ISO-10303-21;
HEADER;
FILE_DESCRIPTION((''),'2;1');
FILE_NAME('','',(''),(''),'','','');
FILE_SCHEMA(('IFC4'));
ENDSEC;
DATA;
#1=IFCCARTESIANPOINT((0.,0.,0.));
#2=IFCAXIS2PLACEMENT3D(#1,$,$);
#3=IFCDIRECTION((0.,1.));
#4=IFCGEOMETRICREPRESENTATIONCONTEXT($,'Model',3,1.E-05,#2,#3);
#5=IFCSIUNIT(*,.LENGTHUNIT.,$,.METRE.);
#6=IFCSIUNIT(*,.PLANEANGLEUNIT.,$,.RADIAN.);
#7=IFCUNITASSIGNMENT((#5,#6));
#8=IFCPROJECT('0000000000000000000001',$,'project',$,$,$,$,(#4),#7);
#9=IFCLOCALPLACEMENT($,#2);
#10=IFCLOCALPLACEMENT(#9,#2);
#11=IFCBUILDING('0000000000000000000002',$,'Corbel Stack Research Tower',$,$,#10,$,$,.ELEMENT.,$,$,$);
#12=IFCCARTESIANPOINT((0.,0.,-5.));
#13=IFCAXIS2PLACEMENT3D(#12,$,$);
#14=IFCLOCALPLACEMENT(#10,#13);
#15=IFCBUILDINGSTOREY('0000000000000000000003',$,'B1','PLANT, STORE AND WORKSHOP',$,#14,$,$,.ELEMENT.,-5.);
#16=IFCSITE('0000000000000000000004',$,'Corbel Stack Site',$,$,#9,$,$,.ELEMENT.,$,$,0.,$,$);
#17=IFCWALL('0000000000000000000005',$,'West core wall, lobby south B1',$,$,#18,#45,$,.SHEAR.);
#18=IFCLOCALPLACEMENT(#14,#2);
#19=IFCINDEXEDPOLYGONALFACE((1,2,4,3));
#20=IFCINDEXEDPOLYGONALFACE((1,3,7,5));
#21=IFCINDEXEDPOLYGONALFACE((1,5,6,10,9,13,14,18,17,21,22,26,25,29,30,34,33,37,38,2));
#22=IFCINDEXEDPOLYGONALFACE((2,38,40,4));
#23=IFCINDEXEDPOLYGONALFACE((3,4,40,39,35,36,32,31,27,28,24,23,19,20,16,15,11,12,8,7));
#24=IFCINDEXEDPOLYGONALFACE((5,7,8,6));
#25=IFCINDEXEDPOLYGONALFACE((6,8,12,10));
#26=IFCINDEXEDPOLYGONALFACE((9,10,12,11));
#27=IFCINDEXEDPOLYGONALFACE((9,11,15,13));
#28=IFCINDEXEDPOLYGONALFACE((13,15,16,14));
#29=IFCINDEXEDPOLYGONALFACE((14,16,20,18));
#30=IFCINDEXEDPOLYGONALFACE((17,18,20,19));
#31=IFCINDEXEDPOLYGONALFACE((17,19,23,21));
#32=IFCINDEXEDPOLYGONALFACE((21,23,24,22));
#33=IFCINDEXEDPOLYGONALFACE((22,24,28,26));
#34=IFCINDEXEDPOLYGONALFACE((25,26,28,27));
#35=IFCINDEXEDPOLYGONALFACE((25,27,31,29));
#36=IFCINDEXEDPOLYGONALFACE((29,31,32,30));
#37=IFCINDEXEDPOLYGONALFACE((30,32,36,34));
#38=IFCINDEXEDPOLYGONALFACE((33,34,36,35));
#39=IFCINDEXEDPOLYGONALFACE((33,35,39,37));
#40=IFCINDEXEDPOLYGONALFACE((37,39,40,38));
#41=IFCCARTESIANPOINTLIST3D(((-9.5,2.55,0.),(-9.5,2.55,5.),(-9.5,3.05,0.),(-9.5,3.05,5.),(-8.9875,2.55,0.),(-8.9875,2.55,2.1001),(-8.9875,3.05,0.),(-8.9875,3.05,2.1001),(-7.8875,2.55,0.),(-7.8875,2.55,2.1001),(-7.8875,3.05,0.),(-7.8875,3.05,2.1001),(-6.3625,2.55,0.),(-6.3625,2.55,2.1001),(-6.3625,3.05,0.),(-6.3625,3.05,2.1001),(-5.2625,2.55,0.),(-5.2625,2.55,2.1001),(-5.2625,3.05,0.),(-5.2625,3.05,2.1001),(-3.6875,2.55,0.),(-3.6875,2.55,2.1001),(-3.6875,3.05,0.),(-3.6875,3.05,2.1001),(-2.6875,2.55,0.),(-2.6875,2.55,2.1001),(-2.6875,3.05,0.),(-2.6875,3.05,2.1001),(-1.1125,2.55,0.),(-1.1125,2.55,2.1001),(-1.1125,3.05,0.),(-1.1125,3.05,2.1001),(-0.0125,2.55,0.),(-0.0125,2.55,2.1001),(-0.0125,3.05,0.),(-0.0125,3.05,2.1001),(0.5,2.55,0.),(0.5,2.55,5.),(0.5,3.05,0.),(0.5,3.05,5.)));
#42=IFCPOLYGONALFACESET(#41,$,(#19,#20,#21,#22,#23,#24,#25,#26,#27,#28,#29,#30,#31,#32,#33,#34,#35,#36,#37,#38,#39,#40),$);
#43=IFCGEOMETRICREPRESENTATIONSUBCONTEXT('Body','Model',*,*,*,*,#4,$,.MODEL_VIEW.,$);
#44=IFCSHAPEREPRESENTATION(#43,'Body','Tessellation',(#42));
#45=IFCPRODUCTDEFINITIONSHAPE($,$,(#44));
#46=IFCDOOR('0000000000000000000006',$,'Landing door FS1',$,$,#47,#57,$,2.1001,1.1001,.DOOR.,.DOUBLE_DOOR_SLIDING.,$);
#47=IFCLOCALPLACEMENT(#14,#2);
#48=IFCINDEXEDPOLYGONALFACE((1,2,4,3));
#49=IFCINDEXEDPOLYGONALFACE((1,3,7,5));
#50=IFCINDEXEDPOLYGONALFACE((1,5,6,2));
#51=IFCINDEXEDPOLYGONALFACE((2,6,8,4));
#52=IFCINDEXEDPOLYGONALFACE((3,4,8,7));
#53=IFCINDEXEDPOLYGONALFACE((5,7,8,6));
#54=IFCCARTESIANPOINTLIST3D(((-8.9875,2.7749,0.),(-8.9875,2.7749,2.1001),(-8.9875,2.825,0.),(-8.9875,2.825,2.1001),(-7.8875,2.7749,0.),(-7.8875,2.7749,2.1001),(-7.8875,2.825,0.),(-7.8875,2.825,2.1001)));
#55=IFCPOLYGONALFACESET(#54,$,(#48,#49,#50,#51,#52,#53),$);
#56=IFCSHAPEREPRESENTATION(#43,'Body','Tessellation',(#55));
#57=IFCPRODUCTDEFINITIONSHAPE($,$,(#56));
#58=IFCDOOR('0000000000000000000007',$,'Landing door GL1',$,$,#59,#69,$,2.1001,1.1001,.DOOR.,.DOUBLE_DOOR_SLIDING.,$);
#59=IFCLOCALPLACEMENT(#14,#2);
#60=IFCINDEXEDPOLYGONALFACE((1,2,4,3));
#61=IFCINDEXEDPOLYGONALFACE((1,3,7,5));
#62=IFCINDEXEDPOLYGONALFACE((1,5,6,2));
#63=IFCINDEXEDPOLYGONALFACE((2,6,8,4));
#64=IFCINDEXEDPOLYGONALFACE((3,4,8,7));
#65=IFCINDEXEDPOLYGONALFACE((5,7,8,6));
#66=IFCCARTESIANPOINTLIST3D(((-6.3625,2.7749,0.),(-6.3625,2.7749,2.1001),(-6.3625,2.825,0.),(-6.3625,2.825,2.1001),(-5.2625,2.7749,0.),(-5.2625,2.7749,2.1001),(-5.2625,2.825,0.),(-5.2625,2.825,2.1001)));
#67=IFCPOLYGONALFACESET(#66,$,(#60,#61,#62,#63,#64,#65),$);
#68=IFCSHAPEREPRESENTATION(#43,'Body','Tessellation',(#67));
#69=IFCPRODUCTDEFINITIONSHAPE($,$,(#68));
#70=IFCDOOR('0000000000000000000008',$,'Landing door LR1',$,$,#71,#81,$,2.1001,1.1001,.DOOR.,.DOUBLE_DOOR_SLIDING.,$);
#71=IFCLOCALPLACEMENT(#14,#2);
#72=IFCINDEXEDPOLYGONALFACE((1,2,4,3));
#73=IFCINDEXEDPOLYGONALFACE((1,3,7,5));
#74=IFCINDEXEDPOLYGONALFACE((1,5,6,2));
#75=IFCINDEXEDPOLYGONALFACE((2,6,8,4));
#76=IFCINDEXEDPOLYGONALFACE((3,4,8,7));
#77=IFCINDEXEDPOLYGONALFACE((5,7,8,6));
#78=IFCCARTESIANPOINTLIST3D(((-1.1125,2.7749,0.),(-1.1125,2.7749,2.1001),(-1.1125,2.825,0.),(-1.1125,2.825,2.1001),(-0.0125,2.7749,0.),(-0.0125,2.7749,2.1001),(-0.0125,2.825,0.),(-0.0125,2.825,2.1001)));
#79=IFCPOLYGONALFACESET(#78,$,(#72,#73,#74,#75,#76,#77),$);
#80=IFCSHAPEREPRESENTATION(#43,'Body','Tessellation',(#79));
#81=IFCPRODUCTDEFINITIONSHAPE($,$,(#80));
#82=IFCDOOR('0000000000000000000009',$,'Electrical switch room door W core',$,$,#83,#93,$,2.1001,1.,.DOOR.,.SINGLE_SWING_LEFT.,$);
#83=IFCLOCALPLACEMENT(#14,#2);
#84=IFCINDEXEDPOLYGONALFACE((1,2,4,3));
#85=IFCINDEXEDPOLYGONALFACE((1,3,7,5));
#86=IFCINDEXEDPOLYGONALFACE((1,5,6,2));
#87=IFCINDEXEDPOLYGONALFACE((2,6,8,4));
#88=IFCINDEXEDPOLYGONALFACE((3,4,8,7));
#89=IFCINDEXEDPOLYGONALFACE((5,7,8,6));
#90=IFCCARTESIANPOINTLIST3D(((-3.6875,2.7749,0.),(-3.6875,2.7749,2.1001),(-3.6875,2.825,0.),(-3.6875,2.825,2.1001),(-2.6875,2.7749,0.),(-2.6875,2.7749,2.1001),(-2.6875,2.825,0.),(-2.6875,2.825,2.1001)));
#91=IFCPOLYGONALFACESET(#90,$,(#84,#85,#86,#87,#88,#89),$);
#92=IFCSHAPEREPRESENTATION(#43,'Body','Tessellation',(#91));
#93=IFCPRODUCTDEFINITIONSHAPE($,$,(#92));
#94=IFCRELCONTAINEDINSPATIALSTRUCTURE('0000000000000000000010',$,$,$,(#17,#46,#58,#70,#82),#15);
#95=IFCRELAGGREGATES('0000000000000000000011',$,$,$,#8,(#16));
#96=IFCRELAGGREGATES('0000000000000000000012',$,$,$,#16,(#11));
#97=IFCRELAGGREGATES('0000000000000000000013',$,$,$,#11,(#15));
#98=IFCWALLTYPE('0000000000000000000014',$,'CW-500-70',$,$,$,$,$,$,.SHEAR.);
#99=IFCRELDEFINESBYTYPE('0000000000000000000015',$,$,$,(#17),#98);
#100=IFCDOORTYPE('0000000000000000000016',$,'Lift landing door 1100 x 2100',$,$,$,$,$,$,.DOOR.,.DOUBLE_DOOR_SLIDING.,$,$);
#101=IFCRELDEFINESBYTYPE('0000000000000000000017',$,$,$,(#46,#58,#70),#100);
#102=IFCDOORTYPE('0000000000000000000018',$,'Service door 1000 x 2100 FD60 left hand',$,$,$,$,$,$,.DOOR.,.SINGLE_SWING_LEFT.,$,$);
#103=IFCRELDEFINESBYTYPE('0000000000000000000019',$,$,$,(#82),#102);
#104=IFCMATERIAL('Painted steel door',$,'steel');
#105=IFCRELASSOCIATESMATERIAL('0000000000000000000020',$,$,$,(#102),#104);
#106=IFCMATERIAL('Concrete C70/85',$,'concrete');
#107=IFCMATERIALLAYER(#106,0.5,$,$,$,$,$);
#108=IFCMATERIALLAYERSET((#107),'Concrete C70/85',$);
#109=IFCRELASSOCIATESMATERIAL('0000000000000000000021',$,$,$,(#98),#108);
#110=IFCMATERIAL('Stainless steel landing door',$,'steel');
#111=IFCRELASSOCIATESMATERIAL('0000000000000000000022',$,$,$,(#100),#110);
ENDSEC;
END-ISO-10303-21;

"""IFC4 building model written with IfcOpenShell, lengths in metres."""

from ifc_helpers import new_model, si_unit, direction, frame, frame_2d, origin, place, context, subcontext, project, spatial, rectangle, extrude, material, layer, layer_set, type_object, element, fill, save


model = new_model("IFC4")

# Units and contexts
model_context = context("Model", 3, precision=1e-05, world=origin(), true_north=direction((0.0, 1.0)))
body_context = subcontext(model_context, "Body", "Model", "MODEL_VIEW")
ifc_project = project(units=[si_unit("LENGTHUNIT", "METRE"), si_unit("PLANEANGLEUNIT", "RADIAN")], contexts=[model_context])

# Site, building, storey
site_placement = place(None, origin())
site = spatial("IfcSite", under=ifc_project, at=site_placement, Name="Corbel Stack Site", CompositionType="ELEMENT", RefElevation=0.0)
building_placement = place(site_placement, origin())
building = spatial("IfcBuilding", under=site, at=building_placement, Name="Corbel Stack Research Tower", CompositionType="ELEMENT")
storey_placement = place(building_placement, frame((0.0, 0.0, -5.0)))
storey = spatial("IfcBuildingStorey", under=building, at=storey_placement, Name="B1", Description="PLANT, STORE AND WORKSHOP", CompositionType="ELEMENT", Elevation=-5.0)

# Shared definitions
ifc_material_1 = material(Name="Painted steel door", Category="steel")
door_type_1 = type_object("IfcDoorType", Name="Service door 1000 x 2100 FD60 left hand", OperationType="SINGLE_SWING_LEFT", PredefinedType="DOOR", material=ifc_material_1)

# Wall, openings, doors
ifc_material_2 = material(Name="Concrete C70/85", Category="concrete")
ifc_layer_1 = layer(ifc_material_2, 0.5)
ifc_layer_set_1 = layer_set([ifc_layer_1], Name="Concrete C70/85")
wall_type_1 = type_object("IfcWallType", Name="CW-500-70", PredefinedType="SHEAR", material=ifc_layer_set_1)
wall_1_placement = place(storey_placement, frame((-9.5, 2.8, 0.0), z_axis=(0.0, 0.0, 1.0), x_axis=(1.0, 0.0, 0.0)))
wall_1 = element("IfcWall", 1, at=wall_1_placement, inside=storey, type_object=wall_type_1, Name="West core wall, lobby south B1", PredefinedType="SHEAR", context=body_context, shape_type="SweptSolid", body=[
    extrude(rectangle(XDim=10.0, YDim=0.5, at=frame_2d((5.0, 0.0))), origin(), (0.0, 0.0, 1.0), 5.0),
])
opening_1_placement = place(wall_1_placement, frame((0.5125, 0.0, 0.0)))
opening_1 = element("IfcOpeningElement", 2, at=opening_1_placement, cuts=wall_1, PredefinedType="OPENING", context=body_context, shape_type="SweptSolid", body=[
    extrude(rectangle(XDim=1.1001, YDim=2.1001, at=frame_2d((0.55, 1.05))), frame((0.0, 0.26, 0.0), z_axis=(0.0, -1.0, 0.0), x_axis=(1.0, 0.0, 0.0)), (0.0, 0.0, 1.0), 0.52),
])
opening_2_placement = place(wall_1_placement, frame((3.1375, 0.0, 0.0)))
opening_2 = element("IfcOpeningElement", 3, at=opening_2_placement, cuts=wall_1, PredefinedType="OPENING", context=body_context, shape_type="SweptSolid", body=[
    extrude(rectangle(XDim=1.1001, YDim=2.1001, at=frame_2d((0.55, 1.05))), frame((0.0, 0.26, 0.0), z_axis=(0.0, -1.0, 0.0), x_axis=(1.0, 0.0, 0.0)), (0.0, 0.0, 1.0), 0.52),
])
opening_3_placement = place(wall_1_placement, frame((8.3875, 0.0, 0.0)))
opening_3 = element("IfcOpeningElement", 4, at=opening_3_placement, cuts=wall_1, PredefinedType="OPENING", context=body_context, shape_type="SweptSolid", body=[
    extrude(rectangle(XDim=1.1001, YDim=2.1001, at=frame_2d((0.55, 1.05))), frame((0.0, 0.26, 0.0), z_axis=(0.0, -1.0, 0.0), x_axis=(1.0, 0.0, 0.0)), (0.0, 0.0, 1.0), 0.52),
])
opening_4_placement = place(wall_1_placement, frame((5.8125, 0.0, 0.0)))
opening_4 = element("IfcOpeningElement", 5, at=opening_4_placement, cuts=wall_1, PredefinedType="OPENING", context=body_context, shape_type="SweptSolid", body=[
    extrude(rectangle(XDim=1.0, YDim=2.1001, at=frame_2d((0.5, 1.05))), frame((0.0, 0.26, 0.0), z_axis=(0.0, -1.0, 0.0), x_axis=(1.0, 0.0, 0.0)), (0.0, 0.0, 1.0), 0.52),
])
ifc_material_3 = material(Name="Stainless steel landing door", Category="steel")
door_type_2 = type_object("IfcDoorType", Name="Lift landing door 1100 x 2100", OperationType="DOUBLE_DOOR_SLIDING", PredefinedType="DOOR", material=ifc_material_3)
door_1_placement = place(opening_1_placement, origin())
door_1 = element("IfcDoor", 6, at=door_1_placement, inside=storey, type_object=door_type_2, Name="Landing door FS1", OperationType="DOUBLE_DOOR_SLIDING", OverallHeight=2.1001, OverallWidth=1.1001, PredefinedType="DOOR", context=body_context, shape_type="SweptSolid", body=[
    extrude(rectangle(XDim=1.1001, YDim=2.1001, at=frame_2d((0.55, 1.05))), frame((0.0, 0.0249, 0.0), z_axis=(0.0, -1.0, 0.0), x_axis=(1.0, 0.0, 0.0)), (0.0, 0.0, 1.0), 0.05),
])
fill(opening_1, door_1)
door_2_placement = place(opening_2_placement, origin())
door_2 = element("IfcDoor", 7, at=door_2_placement, inside=storey, type_object=door_type_2, Name="Landing door GL1", OperationType="DOUBLE_DOOR_SLIDING", OverallHeight=2.1001, OverallWidth=1.1001, PredefinedType="DOOR", context=body_context, shape_type="SweptSolid", body=[
    extrude(rectangle(XDim=1.1001, YDim=2.1001, at=frame_2d((0.55, 1.05))), frame((0.0, 0.0249, 0.0), z_axis=(0.0, -1.0, 0.0), x_axis=(1.0, 0.0, 0.0)), (0.0, 0.0, 1.0), 0.05),
])
fill(opening_2, door_2)
door_3_placement = place(opening_3_placement, origin())
door_3 = element("IfcDoor", 8, at=door_3_placement, inside=storey, type_object=door_type_2, Name="Landing door LR1", OperationType="DOUBLE_DOOR_SLIDING", OverallHeight=2.1001, OverallWidth=1.1001, PredefinedType="DOOR", context=body_context, shape_type="SweptSolid", body=[
    extrude(rectangle(XDim=1.1001, YDim=2.1001, at=frame_2d((0.55, 1.05))), frame((0.0, 0.0249, 0.0), z_axis=(0.0, -1.0, 0.0), x_axis=(1.0, 0.0, 0.0)), (0.0, 0.0, 1.0), 0.05),
])
fill(opening_3, door_3)
door_4_placement = place(opening_4_placement, origin())
door_4 = element("IfcDoor", 9, at=door_4_placement, inside=storey, type_object=door_type_1, Name="Electrical switch room door W core", OperationType="SINGLE_SWING_LEFT", OverallHeight=2.1001, OverallWidth=1.0, PredefinedType="DOOR", context=body_context, shape_type="SweptSolid", body=[
    extrude(rectangle(XDim=1.0, YDim=2.1001, at=frame_2d((0.5, 1.05))), frame((0.0, 0.0249, 0.0), z_axis=(0.0, -1.0, 0.0), x_axis=(1.0, 0.0, 0.0)), (0.0, 0.0, 1.0), 0.05),
])
fill(opening_4, door_4)

save(model, "model.ifc")
